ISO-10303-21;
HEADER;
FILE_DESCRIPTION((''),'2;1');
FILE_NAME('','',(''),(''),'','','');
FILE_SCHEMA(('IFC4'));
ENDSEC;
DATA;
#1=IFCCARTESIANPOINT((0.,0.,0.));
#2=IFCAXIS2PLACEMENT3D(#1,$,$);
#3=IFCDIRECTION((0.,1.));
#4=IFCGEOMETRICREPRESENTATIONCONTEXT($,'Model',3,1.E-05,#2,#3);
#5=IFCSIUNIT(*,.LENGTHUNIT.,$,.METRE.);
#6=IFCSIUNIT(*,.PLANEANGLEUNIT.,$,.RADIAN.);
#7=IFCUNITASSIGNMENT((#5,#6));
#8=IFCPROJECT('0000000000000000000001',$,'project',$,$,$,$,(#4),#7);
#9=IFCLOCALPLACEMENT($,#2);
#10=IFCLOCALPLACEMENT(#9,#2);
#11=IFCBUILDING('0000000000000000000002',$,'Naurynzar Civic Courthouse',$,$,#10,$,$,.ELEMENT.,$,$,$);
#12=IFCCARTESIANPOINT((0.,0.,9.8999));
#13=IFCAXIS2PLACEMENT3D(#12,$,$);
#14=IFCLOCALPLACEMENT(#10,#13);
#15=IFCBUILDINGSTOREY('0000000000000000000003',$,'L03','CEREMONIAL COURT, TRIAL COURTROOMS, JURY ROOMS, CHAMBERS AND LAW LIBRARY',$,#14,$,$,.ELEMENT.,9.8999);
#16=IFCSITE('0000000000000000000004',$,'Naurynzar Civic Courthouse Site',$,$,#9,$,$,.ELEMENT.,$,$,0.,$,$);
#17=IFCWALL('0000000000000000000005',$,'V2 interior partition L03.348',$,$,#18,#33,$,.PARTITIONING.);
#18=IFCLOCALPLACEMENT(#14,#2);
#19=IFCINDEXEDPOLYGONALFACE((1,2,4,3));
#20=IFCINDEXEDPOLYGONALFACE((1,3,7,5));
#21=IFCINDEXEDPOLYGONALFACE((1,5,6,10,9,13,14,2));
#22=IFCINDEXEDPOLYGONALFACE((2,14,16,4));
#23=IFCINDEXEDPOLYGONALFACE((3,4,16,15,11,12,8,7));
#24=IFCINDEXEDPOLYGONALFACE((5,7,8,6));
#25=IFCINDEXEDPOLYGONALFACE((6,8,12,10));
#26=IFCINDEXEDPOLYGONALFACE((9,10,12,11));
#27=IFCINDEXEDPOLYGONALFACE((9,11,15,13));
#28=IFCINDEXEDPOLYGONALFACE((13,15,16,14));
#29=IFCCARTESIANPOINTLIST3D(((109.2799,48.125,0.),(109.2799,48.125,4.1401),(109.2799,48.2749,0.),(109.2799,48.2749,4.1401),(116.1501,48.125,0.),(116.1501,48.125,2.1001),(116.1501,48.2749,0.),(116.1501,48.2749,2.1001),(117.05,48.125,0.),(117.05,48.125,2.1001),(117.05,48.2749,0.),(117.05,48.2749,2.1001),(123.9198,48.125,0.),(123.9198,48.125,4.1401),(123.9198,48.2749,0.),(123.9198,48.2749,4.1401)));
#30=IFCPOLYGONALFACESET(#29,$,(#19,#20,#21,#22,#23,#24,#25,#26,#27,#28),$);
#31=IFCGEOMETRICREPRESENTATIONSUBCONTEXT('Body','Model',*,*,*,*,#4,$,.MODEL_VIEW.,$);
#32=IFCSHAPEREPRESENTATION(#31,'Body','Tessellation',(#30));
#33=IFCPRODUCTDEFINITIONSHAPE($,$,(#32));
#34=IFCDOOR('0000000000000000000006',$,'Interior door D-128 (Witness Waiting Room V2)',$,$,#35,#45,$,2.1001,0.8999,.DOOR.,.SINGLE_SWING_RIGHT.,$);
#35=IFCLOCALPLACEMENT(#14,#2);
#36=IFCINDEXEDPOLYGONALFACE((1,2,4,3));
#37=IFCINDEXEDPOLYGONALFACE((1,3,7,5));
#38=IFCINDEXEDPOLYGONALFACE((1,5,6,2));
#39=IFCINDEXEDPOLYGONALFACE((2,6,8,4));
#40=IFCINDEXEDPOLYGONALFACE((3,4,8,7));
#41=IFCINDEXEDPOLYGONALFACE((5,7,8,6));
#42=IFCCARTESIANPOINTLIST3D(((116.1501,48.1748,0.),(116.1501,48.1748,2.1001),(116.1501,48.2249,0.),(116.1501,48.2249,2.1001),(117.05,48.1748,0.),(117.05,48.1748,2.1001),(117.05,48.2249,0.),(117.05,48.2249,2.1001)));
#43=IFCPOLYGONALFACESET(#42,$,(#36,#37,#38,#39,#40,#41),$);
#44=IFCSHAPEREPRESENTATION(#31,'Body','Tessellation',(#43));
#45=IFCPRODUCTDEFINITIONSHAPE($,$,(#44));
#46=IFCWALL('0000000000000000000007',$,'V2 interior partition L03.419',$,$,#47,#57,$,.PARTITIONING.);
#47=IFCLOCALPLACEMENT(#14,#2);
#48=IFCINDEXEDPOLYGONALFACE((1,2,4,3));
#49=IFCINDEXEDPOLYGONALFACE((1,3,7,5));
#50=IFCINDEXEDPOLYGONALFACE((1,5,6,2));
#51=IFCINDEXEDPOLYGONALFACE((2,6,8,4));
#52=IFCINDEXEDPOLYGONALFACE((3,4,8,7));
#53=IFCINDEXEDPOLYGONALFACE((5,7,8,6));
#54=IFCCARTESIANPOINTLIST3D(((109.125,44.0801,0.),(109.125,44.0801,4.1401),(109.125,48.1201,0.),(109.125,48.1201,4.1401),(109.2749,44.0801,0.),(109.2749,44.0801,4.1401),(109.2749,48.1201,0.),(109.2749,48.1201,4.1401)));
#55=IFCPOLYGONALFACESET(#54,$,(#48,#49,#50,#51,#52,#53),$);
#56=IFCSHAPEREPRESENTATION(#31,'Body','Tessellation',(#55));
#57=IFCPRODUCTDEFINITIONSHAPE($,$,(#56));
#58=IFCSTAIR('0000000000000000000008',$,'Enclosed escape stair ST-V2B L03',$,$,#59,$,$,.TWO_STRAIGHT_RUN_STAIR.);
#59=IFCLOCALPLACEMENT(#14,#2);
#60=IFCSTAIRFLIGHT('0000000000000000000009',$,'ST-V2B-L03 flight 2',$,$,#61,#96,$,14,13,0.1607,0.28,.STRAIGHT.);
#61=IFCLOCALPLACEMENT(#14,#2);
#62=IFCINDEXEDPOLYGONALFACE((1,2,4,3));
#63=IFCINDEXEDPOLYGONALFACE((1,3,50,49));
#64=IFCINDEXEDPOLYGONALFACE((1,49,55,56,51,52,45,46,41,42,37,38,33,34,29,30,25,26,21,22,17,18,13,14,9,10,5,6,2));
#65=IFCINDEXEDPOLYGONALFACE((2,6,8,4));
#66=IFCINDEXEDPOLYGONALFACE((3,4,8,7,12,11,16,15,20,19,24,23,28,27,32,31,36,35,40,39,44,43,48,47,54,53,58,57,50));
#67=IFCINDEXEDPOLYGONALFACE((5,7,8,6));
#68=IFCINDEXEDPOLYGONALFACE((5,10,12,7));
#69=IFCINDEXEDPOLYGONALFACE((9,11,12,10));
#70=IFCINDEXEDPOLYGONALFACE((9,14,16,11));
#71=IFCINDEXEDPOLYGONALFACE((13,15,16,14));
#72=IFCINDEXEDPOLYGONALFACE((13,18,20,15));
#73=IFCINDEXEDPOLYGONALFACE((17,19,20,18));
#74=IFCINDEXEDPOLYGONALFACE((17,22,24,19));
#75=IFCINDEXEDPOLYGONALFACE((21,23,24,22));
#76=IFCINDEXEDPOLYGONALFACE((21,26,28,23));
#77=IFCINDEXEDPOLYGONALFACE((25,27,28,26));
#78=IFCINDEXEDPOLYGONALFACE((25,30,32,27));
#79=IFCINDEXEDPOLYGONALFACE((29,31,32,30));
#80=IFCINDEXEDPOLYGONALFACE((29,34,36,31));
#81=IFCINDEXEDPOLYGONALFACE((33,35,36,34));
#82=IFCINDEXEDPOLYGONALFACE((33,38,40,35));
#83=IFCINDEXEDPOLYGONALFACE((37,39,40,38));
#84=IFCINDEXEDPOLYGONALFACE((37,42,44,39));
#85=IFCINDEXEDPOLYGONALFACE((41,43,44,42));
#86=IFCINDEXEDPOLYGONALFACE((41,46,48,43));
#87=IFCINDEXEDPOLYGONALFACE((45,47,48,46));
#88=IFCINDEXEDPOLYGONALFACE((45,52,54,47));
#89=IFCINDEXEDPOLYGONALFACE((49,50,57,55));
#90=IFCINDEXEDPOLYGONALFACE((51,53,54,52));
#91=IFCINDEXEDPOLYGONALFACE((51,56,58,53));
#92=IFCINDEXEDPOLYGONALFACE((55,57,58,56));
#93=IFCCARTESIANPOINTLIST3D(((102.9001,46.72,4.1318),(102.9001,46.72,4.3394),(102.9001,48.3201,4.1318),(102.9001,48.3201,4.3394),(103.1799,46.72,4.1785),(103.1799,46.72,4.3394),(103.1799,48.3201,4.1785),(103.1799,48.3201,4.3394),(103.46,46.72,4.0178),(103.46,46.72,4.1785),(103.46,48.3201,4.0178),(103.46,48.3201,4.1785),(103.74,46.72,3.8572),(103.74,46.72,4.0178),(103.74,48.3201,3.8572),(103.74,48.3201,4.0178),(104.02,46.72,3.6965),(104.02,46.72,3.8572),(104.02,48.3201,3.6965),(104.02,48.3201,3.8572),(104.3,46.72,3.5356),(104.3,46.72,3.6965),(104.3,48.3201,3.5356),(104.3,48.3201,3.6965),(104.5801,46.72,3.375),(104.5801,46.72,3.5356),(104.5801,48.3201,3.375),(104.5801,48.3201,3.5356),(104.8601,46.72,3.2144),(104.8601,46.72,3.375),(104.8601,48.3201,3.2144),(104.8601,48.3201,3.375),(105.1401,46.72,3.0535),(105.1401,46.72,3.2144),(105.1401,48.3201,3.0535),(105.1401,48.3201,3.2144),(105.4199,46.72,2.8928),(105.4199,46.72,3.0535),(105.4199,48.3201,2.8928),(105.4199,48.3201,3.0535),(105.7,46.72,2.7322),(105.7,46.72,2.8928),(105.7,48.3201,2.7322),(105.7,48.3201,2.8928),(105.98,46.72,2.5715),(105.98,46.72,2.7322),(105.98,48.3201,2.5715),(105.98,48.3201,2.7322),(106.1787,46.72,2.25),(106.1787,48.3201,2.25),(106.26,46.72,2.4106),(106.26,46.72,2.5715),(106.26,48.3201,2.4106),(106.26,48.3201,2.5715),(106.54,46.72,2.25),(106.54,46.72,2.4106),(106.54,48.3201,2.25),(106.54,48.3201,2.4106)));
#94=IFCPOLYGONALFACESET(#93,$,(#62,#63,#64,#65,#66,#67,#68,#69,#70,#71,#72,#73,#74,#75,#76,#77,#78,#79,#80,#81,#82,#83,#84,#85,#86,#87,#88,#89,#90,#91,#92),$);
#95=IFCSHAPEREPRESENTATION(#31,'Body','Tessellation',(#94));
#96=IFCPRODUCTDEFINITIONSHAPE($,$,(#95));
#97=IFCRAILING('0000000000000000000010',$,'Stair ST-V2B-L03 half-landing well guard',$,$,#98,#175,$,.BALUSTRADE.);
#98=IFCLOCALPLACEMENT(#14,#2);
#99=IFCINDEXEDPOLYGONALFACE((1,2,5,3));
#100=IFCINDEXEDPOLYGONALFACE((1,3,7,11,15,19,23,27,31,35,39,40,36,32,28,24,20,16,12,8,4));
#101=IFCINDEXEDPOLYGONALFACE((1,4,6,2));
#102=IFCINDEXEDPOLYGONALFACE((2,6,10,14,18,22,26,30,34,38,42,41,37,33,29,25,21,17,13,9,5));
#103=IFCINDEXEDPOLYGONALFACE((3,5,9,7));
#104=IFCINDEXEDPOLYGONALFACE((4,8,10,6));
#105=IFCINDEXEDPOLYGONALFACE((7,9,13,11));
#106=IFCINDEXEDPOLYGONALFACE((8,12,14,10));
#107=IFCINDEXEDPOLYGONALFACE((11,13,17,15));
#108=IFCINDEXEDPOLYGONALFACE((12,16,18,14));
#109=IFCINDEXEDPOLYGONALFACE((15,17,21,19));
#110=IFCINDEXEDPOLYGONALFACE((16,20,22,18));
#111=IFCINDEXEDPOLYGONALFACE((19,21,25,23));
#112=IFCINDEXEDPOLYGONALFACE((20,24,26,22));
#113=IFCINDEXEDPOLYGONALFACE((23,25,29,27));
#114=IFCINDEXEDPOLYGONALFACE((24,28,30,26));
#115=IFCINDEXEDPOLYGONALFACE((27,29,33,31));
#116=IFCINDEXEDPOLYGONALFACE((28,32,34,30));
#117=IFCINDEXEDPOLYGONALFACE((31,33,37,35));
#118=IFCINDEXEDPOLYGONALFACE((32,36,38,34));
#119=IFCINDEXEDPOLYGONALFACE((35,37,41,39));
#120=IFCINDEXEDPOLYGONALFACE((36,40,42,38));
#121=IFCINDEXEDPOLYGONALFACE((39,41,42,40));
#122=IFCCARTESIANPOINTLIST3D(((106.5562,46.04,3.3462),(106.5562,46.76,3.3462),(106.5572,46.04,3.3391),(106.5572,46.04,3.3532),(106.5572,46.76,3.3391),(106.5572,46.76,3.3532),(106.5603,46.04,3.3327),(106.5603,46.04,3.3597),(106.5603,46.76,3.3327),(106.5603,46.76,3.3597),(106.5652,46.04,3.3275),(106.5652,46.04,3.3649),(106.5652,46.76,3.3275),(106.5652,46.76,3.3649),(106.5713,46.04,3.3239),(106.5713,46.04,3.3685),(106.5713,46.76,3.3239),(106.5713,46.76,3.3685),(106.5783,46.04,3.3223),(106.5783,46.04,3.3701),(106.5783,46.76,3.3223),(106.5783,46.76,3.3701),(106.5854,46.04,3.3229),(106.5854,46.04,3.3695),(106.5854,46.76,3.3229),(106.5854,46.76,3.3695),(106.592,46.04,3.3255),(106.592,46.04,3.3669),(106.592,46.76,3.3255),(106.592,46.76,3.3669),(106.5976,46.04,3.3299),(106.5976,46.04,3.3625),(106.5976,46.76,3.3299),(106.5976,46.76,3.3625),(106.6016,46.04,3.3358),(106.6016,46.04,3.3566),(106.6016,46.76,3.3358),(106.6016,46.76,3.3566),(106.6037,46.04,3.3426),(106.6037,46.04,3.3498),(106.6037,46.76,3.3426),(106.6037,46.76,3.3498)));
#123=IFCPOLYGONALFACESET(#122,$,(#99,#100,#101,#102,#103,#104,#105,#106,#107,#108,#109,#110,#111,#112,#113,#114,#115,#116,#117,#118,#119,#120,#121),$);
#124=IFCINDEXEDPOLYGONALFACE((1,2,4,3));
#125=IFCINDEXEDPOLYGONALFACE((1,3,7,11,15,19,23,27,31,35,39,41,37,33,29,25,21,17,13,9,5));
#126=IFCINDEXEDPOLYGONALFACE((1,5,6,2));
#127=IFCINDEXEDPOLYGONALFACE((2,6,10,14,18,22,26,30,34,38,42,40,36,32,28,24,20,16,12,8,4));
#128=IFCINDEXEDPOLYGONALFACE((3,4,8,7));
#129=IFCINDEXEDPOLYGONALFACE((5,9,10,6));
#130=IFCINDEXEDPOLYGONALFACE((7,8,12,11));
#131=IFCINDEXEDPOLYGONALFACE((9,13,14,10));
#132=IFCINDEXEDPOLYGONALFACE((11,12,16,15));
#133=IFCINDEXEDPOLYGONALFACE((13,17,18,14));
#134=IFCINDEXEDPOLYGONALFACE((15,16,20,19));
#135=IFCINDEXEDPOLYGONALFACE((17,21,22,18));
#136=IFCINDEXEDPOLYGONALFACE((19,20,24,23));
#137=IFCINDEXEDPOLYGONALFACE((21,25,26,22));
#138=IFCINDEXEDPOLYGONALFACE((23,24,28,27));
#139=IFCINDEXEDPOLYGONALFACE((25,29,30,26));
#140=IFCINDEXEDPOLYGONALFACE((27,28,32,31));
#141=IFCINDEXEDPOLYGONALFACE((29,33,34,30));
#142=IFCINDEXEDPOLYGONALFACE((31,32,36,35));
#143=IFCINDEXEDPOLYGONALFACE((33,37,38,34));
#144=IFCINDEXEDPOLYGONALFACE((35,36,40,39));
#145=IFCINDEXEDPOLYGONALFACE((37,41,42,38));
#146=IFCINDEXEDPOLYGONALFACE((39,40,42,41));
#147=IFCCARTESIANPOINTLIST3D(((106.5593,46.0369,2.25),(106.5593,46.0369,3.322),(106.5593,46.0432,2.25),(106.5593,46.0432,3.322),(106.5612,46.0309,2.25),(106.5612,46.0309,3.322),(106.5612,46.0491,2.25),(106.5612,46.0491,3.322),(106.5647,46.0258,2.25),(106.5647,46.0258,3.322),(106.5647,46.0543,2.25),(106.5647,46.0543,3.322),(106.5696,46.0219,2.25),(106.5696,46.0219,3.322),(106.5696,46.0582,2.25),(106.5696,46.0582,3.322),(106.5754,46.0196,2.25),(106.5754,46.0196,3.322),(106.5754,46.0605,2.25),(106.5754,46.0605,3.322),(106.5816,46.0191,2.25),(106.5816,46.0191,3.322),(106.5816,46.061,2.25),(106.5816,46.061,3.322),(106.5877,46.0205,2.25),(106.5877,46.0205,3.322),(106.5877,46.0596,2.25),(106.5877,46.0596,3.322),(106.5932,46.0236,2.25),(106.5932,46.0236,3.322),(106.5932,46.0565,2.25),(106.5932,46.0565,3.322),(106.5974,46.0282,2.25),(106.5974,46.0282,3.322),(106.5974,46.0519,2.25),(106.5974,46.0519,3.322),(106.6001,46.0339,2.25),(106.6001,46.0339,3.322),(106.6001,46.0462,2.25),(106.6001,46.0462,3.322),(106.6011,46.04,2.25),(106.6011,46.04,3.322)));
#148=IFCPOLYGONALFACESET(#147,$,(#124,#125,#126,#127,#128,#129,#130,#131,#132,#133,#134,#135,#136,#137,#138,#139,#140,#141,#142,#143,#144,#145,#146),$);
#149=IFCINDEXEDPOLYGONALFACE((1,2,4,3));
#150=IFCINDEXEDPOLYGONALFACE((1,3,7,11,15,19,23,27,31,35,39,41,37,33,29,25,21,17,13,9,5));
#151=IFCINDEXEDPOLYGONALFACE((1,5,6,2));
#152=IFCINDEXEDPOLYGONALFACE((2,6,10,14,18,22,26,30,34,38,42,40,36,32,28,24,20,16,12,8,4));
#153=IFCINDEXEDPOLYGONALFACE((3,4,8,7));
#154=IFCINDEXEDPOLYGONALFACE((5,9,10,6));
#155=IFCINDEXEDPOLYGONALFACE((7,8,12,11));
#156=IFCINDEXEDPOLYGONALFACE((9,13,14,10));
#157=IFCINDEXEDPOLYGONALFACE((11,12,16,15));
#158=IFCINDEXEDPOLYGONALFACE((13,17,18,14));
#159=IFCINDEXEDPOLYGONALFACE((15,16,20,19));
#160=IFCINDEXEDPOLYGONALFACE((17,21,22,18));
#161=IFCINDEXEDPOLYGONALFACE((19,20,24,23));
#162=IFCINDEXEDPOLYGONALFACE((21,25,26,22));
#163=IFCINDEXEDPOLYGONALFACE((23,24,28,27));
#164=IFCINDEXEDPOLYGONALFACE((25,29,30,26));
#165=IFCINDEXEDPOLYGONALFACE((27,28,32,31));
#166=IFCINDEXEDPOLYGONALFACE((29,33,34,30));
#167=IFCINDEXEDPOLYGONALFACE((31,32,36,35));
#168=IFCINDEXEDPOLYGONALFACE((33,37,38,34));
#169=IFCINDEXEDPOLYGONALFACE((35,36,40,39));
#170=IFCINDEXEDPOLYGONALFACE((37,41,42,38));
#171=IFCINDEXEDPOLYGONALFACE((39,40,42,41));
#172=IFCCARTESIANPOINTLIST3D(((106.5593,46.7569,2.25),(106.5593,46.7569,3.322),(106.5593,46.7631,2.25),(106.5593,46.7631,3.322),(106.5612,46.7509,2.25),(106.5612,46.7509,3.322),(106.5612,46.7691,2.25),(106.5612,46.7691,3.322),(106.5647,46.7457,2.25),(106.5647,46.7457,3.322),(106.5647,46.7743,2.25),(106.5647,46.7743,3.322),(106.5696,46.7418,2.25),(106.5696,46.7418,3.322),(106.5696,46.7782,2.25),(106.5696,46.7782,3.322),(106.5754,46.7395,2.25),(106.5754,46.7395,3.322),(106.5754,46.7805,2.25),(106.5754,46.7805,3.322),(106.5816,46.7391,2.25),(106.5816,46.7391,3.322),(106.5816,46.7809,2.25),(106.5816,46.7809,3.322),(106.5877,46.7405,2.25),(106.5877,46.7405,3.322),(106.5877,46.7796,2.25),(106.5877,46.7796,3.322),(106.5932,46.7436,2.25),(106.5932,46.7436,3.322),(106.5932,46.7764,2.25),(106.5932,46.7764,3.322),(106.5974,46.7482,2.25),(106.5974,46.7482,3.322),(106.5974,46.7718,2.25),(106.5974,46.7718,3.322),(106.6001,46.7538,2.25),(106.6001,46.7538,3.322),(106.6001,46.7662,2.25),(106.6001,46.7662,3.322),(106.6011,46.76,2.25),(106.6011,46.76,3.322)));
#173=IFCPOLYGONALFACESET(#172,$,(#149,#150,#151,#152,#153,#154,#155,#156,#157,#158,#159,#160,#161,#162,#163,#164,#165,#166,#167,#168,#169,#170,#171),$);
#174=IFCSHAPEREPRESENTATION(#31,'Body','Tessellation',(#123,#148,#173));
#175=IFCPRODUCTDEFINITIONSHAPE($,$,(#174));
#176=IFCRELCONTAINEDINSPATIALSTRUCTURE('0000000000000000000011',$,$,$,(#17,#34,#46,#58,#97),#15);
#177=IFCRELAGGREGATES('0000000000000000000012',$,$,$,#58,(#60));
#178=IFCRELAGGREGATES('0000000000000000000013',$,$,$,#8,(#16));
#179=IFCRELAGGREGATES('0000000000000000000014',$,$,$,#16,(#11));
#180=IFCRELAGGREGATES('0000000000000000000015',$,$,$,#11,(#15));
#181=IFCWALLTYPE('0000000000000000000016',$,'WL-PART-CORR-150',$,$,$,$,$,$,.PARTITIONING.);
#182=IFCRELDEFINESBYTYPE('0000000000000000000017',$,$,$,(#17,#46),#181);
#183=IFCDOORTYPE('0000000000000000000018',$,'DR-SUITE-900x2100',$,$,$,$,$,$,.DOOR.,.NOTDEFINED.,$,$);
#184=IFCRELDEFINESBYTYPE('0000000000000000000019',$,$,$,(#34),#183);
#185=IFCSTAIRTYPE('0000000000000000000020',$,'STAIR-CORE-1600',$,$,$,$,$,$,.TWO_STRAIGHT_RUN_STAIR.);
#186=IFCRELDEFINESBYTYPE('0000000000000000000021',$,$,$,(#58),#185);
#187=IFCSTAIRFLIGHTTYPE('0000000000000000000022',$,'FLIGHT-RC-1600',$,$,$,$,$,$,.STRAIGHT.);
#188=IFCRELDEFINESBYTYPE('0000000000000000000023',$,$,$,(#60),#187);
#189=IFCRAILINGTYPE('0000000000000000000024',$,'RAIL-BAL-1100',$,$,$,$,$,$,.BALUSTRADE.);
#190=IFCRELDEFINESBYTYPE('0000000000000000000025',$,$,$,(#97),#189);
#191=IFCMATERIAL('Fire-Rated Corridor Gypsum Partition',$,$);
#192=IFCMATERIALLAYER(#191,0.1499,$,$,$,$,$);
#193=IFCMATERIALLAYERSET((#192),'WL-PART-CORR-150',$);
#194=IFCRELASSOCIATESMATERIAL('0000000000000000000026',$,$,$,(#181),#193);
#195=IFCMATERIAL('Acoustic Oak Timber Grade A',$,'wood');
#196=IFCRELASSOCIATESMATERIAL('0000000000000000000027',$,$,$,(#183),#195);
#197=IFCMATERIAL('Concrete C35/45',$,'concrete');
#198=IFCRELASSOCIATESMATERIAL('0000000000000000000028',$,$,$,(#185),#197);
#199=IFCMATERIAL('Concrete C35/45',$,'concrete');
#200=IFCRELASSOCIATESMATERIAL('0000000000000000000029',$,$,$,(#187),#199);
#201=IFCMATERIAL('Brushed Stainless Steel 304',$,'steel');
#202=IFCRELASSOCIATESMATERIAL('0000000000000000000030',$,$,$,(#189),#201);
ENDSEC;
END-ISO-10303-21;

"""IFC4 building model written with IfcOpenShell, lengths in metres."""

from ifc_helpers import new_model, si_unit, direction, frame, frame_2d, origin, origin_2d, place, context, subcontext, project, spatial, polyline, rectangle, circle, outline, extrude, material, layer, layer_set, type_object, element, fill, aggregate, save


model = new_model("IFC4")

# Units and contexts
model_context = context("Model", 3, precision=1e-05, world=origin(), true_north=direction((0.0, 1.0)))
body_context = subcontext(model_context, "Body", "Model", "MODEL_VIEW")
ifc_project = project(units=[si_unit("LENGTHUNIT", "METRE"), si_unit("PLANEANGLEUNIT", "RADIAN")], contexts=[model_context])

# Site, building, storey
site_placement = place(None, origin())
site = spatial("IfcSite", under=ifc_project, at=site_placement, Name="Naurynzar Civic Courthouse Site", CompositionType="ELEMENT", RefElevation=0.0)
building_placement = place(site_placement, origin())
building = spatial("IfcBuilding", under=site, at=building_placement, Name="Naurynzar Civic Courthouse", CompositionType="ELEMENT")
storey_placement = place(building_placement, frame((0.0, 0.0, 9.8999)))
storey = spatial("IfcBuildingStorey", under=building, at=storey_placement, Name="L03", Description="CEREMONIAL COURT, TRIAL COURTROOMS, JURY ROOMS, CHAMBERS AND LAW LIBRARY", CompositionType="ELEMENT", Elevation=9.8999)

# Wall, opening, door
ifc_material_1 = material(Name="Fire-Rated Corridor Gypsum Partition")
ifc_layer_1 = layer(ifc_material_1, 0.1499)
ifc_layer_set_1 = layer_set([ifc_layer_1], Name="WL-PART-CORR-150")
wall_type_1 = type_object("IfcWallType", Name="WL-PART-CORR-150", PredefinedType="PARTITIONING", material=ifc_layer_set_1)
wall_1_placement = place(storey_placement, frame((109.28, 48.2, 0.0), z_axis=(0.0, 0.0, 1.0), x_axis=(1.0, 0.0, 0.0)))
wall_1 = element("IfcWall", 1, at=wall_1_placement, inside=storey, type_object=wall_type_1, Name="V2 interior partition L03.348", PredefinedType="PARTITIONING", context=body_context, shape_type="SweptSolid", body=[
    extrude(rectangle(XDim=14.6399, YDim=0.1499, at=frame_2d((7.3198, 0.0))), origin(), (0.0, 0.0, 1.0), 4.1401),
])
opening_1_placement = place(wall_1_placement, frame((6.8701, 0.0, 0.0)))
opening_1 = element("IfcOpeningElement", 2, at=opening_1_placement, cuts=wall_1, PredefinedType="OPENING", context=body_context, shape_type="SweptSolid", body=[
    extrude(rectangle(XDim=0.8999, YDim=2.1001, at=frame_2d((0.45, 1.05))), frame((0.0, 0.085, 0.0), z_axis=(0.0, -1.0, 0.0), x_axis=(1.0, 0.0, 0.0)), (0.0, 0.0, 1.0), 0.1699),
])
ifc_material_2 = material(Name="Acoustic Oak Timber Grade A", Category="wood")
door_type_1 = type_object("IfcDoorType", Name="DR-SUITE-900x2100", OperationType="NOTDEFINED", PredefinedType="DOOR", material=ifc_material_2)
door_1_placement = place(opening_1_placement, origin())
door_1 = element("IfcDoor", 3, at=door_1_placement, inside=storey, type_object=door_type_1, Name="Interior door D-128 (Witness Waiting Room V2)", OperationType="SINGLE_SWING_RIGHT", OverallHeight=2.1001, OverallWidth=0.8999, PredefinedType="DOOR", context=body_context, shape_type="SweptSolid", body=[
    extrude(rectangle(XDim=0.8999, YDim=2.1001, at=frame_2d((0.45, 1.05))), frame((0.0, 0.0249, 0.0), z_axis=(0.0, -1.0, 0.0), x_axis=(1.0, 0.0, 0.0)), (0.0, 0.0, 1.0), 0.05),
])
fill(opening_1, door_1)

# Wall
wall_2_placement = place(storey_placement, frame((109.2, 44.0801, 0.0), z_axis=(0.0, 0.0, 1.0), x_axis=(0.0, 1.0, 0.0)))
element("IfcWall", 4, at=wall_2_placement, inside=storey, type_object=wall_type_1, Name="V2 interior partition L03.419", PredefinedType="PARTITIONING", context=body_context, shape_type="SweptSolid", body=[
    extrude(rectangle(XDim=4.04, YDim=0.1499, at=frame_2d((2.02, 0.0))), origin(), (0.0, 0.0, 1.0), 4.1401),
])

# Stair, stair flight
ifc_material_3 = material(Name="Concrete C35/45", Category="concrete")
stair_type = type_object("IfcStairType", Name="STAIR-CORE-1600", PredefinedType="TWO_STRAIGHT_RUN_STAIR", material=ifc_material_3)
stair_placement = place(storey_placement, origin())
stair = element("IfcStair", 5, at=stair_placement, inside=storey, type_object=stair_type, Name="Enclosed escape stair ST-V2B L03", PredefinedType="TWO_STRAIGHT_RUN_STAIR")
ifc_material_4 = material(Name="Concrete C35/45", Category="concrete")
stair_flight_type = type_object("IfcStairFlightType", Name="FLIGHT-RC-1600", PredefinedType="STRAIGHT", material=ifc_material_4)
stair_flight_placement = place(storey_placement, frame((106.54, 47.52, 2.25), z_axis=(0.0, 0.0, 1.0), x_axis=(-1.0, 0.0, 0.0)))
stair_flight = element("IfcStairFlight", 6, at=stair_flight_placement, type_object=stair_flight_type, Name="ST-V2B-L03 flight 2", NumberOfRisers=14, NumberOfTreads=13, PredefinedType="STRAIGHT", RiserHeight=0.1607, TreadLength=0.28, context=body_context, shape_type="SweptSolid", body=[
    extrude(outline(polyline([(0.0, 0.0), (0.0, 0.1606), (0.28, 0.1606), (0.28, 0.3215), (0.5601, 0.3215), (0.5601, 0.4822), (0.8401, 0.4822), (0.8401, 0.6428), (1.1201, 0.6428), (1.1201, 0.8035), (1.3999, 0.8035), (1.3999, 0.9644), (1.6799, 0.9644), (1.6799, 1.125), (1.96, 1.125), (1.96, 1.2856), (2.24, 1.2856), (2.24, 1.4465), (2.52, 1.4465), (2.52, 1.6072), (2.8, 1.6072), (2.8, 1.7678), (3.0801, 1.7678), (3.0801, 1.9285), (3.3601, 1.9285), (3.3601, 2.0894), (3.6399, 2.0894), (3.6399, 2.25), (3.6399, 1.8818), (0.3613, 0.0), (0.0, 0.0)])), frame((0.0, 0.8, 0.0), z_axis=(0.0, -1.0, 0.0), x_axis=(1.0, 0.0, 0.0)), (0.0, 0.0, 1.0), 1.6001),
])
aggregate(stair, [stair_flight])

# Railing
ifc_material_5 = material(Name="Brushed Stainless Steel 304", Category="steel")
railing_type_1 = type_object("IfcRailingType", Name="RAIL-BAL-1100", PredefinedType="BALUSTRADE", material=ifc_material_5)
railing_1_placement = place(storey_placement, frame((106.5801, 46.04, 2.25)))
element("IfcRailing", 7, at=railing_1_placement, inside=storey, type_object=railing_type_1, Name="Stair ST-V2B-L03 half-landing well guard", PredefinedType="BALUSTRADE", context=body_context, shape_type="SweptSolid", body=[
    extrude(circle(Radius=0.0239, at=origin_2d()), frame((0.0, 0.0, 1.0962), z_axis=(0.0, 1.0, 0.0), x_axis=(-1.0, 0.0, 0.0)), (0.0, 0.0, 1.0), 0.72),
    extrude(circle(Radius=0.021, at=origin_2d()), origin(), (0.0, 0.0, 1.0), 1.072),
    extrude(circle(Radius=0.021, at=origin_2d()), frame((0.0, 0.72, 0.0)), (0.0, 0.0, 1.0), 1.072),
])

save(model, "model.ifc")
